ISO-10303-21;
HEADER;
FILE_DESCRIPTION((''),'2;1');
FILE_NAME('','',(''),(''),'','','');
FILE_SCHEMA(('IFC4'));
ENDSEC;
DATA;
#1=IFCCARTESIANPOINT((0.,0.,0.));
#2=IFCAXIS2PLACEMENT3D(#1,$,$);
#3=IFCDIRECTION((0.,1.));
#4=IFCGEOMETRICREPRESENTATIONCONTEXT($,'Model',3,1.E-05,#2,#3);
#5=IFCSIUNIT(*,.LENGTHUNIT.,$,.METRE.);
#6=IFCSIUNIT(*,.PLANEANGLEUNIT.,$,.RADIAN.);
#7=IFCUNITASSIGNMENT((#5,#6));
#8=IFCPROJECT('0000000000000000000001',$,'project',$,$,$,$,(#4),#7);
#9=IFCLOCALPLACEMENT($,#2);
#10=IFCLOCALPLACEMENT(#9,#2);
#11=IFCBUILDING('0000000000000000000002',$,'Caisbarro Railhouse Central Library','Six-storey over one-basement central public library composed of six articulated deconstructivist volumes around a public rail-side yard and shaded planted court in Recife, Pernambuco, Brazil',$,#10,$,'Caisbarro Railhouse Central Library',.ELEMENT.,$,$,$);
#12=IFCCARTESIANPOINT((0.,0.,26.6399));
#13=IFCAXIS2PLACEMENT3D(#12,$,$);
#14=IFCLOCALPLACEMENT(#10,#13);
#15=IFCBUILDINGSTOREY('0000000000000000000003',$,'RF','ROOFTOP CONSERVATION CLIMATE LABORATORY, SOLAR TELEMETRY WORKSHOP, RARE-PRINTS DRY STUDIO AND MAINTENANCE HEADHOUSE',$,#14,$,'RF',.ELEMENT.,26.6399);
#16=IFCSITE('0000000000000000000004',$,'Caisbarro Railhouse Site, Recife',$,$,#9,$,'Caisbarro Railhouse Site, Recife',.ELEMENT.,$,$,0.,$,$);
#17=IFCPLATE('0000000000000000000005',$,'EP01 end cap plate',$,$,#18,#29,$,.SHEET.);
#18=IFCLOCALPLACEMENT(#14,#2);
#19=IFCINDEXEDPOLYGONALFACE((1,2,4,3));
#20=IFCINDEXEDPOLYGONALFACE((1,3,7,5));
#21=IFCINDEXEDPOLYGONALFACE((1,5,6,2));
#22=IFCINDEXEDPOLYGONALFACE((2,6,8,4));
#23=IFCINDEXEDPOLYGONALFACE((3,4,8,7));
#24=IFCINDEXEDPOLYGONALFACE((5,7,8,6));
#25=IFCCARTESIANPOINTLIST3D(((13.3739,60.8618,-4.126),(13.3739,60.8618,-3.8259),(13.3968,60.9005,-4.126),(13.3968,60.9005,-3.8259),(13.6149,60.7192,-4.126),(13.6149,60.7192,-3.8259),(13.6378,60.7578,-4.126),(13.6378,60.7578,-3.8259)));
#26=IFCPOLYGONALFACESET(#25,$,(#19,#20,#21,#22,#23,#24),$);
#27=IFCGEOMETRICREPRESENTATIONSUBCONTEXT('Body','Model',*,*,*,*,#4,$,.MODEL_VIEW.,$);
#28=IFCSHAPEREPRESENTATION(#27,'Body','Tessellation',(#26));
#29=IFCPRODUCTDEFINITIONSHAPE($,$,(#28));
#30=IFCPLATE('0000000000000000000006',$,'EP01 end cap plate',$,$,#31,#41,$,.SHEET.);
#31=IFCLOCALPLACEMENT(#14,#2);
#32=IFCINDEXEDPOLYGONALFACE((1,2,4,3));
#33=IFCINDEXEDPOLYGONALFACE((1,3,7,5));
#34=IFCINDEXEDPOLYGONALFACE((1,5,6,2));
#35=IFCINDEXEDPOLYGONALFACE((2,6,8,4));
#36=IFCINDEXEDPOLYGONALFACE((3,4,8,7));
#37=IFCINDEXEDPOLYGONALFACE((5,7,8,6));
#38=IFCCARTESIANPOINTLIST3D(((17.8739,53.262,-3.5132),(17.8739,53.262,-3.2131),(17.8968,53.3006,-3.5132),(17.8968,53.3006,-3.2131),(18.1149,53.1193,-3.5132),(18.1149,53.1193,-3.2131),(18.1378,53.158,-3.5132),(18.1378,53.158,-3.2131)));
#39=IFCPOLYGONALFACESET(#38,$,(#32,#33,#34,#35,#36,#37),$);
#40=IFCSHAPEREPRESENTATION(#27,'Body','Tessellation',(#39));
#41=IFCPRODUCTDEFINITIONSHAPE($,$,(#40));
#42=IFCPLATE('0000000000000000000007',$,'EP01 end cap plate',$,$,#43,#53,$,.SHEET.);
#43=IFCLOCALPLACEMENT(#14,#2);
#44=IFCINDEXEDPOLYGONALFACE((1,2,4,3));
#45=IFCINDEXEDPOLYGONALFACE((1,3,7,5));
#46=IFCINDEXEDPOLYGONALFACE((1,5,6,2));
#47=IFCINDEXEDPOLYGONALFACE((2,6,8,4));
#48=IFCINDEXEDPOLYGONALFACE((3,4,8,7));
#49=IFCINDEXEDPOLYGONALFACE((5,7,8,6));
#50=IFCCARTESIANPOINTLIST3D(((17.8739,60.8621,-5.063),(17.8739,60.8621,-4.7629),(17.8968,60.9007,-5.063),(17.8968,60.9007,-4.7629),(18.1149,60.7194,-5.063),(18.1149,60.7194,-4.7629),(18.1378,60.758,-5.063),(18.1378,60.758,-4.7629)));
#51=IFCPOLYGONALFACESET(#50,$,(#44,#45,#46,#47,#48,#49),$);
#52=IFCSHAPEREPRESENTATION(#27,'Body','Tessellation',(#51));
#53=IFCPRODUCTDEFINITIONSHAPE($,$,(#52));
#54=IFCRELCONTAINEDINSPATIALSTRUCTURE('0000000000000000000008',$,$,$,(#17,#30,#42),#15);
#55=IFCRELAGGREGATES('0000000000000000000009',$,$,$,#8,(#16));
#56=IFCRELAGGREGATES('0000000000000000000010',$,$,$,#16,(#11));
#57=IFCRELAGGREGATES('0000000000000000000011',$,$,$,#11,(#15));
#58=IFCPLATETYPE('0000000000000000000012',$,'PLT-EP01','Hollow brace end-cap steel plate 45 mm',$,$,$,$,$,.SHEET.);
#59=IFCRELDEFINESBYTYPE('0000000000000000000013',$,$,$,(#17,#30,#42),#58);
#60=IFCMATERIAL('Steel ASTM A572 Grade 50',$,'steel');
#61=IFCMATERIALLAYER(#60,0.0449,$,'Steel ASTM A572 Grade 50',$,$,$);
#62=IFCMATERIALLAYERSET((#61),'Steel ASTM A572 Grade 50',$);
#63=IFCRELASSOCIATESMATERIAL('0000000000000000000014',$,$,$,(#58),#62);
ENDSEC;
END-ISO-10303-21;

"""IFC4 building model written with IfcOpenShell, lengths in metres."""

from ifc_helpers import new_model, si_unit, direction, frame, origin, origin_2d, place, context, subcontext, project, spatial, rectangle, extrude, material, layer, layer_set, type_object, element, save


model = new_model("IFC4")

# Units and contexts
model_context = context("Model", 3, precision=1e-05, world=origin(), true_north=direction((0.0, 1.0)))
body_context = subcontext(model_context, "Body", "Model", "MODEL_VIEW")
ifc_project = project(units=[si_unit("LENGTHUNIT", "METRE"), si_unit("PLANEANGLEUNIT", "RADIAN")], contexts=[model_context])

# Site, building, storey
site_placement = place(None, origin())
site = spatial("IfcSite", under=ifc_project, at=site_placement, Name="Caisbarro Railhouse Site, Recife", LongName="Caisbarro Railhouse Site, Recife", CompositionType="ELEMENT", RefElevation=0.0)
building_placement = place(site_placement, origin())
building = spatial("IfcBuilding", under=site, at=building_placement, Name="Caisbarro Railhouse Central Library", Description="Six-storey over one-basement central public library composed of six articulated deconstructivist volumes around a public rail-side yard and shaded planted court in Recife, Pernambuco, Brazil", LongName="Caisbarro Railhouse Central Library", CompositionType="ELEMENT")
storey_placement = place(building_placement, frame((0.0, 0.0, 26.6399)))
storey = spatial("IfcBuildingStorey", under=building, at=storey_placement, Name="RF", Description="ROOFTOP CONSERVATION CLIMATE LABORATORY, SOLAR TELEMETRY WORKSHOP, RARE-PRINTS DRY STUDIO AND MAINTENANCE HEADHOUSE", LongName="RF", CompositionType="ELEMENT", Elevation=26.6399)

# Shared definitions
ifc_material = material(Name="Steel ASTM A572 Grade 50", Category="steel")

# Plates
ifc_layer = layer(ifc_material, 0.0449, Name="Steel ASTM A572 Grade 50")
ifc_layer_set = layer_set([ifc_layer], Name="Steel ASTM A572 Grade 50")
plate_type = type_object("IfcPlateType", Name="PLT-EP01", Description="Hollow brace end-cap steel plate 45 mm", PredefinedType="SHEET", material=ifc_layer_set)
for number, where, z_axis, x_axis, name in (
    (1, (13.5059, 60.8098, -4.126), (0.0, 0.0, 1.0), (0.509492, 0.860475, 0.0), "EP01 end cap plate"),
    (2, (18.0059, 53.21, -3.5132), (0.0, 0.0, 1.0), (0.509492, 0.860475, 0.0), "EP01 end cap plate"),
    (3, (18.0059, 60.8101, -5.063), (0.0, 0.0, 1.0), (0.509492, 0.860475, 0.0), "EP01 end cap plate"),
):
    element("IfcPlate", number, at=place(storey_placement, frame(where, z_axis=z_axis, x_axis=x_axis)), inside=storey, type_object=plate_type, Name=name, PredefinedType="SHEET", context=body_context, shape_type="SweptSolid", body=[
        extrude(rectangle(XDim=0.0449, YDim=0.28, at=origin_2d()), origin(), (0.0, 0.0, 1.0), 0.3),
    ])

save(model, "model.ifc")
